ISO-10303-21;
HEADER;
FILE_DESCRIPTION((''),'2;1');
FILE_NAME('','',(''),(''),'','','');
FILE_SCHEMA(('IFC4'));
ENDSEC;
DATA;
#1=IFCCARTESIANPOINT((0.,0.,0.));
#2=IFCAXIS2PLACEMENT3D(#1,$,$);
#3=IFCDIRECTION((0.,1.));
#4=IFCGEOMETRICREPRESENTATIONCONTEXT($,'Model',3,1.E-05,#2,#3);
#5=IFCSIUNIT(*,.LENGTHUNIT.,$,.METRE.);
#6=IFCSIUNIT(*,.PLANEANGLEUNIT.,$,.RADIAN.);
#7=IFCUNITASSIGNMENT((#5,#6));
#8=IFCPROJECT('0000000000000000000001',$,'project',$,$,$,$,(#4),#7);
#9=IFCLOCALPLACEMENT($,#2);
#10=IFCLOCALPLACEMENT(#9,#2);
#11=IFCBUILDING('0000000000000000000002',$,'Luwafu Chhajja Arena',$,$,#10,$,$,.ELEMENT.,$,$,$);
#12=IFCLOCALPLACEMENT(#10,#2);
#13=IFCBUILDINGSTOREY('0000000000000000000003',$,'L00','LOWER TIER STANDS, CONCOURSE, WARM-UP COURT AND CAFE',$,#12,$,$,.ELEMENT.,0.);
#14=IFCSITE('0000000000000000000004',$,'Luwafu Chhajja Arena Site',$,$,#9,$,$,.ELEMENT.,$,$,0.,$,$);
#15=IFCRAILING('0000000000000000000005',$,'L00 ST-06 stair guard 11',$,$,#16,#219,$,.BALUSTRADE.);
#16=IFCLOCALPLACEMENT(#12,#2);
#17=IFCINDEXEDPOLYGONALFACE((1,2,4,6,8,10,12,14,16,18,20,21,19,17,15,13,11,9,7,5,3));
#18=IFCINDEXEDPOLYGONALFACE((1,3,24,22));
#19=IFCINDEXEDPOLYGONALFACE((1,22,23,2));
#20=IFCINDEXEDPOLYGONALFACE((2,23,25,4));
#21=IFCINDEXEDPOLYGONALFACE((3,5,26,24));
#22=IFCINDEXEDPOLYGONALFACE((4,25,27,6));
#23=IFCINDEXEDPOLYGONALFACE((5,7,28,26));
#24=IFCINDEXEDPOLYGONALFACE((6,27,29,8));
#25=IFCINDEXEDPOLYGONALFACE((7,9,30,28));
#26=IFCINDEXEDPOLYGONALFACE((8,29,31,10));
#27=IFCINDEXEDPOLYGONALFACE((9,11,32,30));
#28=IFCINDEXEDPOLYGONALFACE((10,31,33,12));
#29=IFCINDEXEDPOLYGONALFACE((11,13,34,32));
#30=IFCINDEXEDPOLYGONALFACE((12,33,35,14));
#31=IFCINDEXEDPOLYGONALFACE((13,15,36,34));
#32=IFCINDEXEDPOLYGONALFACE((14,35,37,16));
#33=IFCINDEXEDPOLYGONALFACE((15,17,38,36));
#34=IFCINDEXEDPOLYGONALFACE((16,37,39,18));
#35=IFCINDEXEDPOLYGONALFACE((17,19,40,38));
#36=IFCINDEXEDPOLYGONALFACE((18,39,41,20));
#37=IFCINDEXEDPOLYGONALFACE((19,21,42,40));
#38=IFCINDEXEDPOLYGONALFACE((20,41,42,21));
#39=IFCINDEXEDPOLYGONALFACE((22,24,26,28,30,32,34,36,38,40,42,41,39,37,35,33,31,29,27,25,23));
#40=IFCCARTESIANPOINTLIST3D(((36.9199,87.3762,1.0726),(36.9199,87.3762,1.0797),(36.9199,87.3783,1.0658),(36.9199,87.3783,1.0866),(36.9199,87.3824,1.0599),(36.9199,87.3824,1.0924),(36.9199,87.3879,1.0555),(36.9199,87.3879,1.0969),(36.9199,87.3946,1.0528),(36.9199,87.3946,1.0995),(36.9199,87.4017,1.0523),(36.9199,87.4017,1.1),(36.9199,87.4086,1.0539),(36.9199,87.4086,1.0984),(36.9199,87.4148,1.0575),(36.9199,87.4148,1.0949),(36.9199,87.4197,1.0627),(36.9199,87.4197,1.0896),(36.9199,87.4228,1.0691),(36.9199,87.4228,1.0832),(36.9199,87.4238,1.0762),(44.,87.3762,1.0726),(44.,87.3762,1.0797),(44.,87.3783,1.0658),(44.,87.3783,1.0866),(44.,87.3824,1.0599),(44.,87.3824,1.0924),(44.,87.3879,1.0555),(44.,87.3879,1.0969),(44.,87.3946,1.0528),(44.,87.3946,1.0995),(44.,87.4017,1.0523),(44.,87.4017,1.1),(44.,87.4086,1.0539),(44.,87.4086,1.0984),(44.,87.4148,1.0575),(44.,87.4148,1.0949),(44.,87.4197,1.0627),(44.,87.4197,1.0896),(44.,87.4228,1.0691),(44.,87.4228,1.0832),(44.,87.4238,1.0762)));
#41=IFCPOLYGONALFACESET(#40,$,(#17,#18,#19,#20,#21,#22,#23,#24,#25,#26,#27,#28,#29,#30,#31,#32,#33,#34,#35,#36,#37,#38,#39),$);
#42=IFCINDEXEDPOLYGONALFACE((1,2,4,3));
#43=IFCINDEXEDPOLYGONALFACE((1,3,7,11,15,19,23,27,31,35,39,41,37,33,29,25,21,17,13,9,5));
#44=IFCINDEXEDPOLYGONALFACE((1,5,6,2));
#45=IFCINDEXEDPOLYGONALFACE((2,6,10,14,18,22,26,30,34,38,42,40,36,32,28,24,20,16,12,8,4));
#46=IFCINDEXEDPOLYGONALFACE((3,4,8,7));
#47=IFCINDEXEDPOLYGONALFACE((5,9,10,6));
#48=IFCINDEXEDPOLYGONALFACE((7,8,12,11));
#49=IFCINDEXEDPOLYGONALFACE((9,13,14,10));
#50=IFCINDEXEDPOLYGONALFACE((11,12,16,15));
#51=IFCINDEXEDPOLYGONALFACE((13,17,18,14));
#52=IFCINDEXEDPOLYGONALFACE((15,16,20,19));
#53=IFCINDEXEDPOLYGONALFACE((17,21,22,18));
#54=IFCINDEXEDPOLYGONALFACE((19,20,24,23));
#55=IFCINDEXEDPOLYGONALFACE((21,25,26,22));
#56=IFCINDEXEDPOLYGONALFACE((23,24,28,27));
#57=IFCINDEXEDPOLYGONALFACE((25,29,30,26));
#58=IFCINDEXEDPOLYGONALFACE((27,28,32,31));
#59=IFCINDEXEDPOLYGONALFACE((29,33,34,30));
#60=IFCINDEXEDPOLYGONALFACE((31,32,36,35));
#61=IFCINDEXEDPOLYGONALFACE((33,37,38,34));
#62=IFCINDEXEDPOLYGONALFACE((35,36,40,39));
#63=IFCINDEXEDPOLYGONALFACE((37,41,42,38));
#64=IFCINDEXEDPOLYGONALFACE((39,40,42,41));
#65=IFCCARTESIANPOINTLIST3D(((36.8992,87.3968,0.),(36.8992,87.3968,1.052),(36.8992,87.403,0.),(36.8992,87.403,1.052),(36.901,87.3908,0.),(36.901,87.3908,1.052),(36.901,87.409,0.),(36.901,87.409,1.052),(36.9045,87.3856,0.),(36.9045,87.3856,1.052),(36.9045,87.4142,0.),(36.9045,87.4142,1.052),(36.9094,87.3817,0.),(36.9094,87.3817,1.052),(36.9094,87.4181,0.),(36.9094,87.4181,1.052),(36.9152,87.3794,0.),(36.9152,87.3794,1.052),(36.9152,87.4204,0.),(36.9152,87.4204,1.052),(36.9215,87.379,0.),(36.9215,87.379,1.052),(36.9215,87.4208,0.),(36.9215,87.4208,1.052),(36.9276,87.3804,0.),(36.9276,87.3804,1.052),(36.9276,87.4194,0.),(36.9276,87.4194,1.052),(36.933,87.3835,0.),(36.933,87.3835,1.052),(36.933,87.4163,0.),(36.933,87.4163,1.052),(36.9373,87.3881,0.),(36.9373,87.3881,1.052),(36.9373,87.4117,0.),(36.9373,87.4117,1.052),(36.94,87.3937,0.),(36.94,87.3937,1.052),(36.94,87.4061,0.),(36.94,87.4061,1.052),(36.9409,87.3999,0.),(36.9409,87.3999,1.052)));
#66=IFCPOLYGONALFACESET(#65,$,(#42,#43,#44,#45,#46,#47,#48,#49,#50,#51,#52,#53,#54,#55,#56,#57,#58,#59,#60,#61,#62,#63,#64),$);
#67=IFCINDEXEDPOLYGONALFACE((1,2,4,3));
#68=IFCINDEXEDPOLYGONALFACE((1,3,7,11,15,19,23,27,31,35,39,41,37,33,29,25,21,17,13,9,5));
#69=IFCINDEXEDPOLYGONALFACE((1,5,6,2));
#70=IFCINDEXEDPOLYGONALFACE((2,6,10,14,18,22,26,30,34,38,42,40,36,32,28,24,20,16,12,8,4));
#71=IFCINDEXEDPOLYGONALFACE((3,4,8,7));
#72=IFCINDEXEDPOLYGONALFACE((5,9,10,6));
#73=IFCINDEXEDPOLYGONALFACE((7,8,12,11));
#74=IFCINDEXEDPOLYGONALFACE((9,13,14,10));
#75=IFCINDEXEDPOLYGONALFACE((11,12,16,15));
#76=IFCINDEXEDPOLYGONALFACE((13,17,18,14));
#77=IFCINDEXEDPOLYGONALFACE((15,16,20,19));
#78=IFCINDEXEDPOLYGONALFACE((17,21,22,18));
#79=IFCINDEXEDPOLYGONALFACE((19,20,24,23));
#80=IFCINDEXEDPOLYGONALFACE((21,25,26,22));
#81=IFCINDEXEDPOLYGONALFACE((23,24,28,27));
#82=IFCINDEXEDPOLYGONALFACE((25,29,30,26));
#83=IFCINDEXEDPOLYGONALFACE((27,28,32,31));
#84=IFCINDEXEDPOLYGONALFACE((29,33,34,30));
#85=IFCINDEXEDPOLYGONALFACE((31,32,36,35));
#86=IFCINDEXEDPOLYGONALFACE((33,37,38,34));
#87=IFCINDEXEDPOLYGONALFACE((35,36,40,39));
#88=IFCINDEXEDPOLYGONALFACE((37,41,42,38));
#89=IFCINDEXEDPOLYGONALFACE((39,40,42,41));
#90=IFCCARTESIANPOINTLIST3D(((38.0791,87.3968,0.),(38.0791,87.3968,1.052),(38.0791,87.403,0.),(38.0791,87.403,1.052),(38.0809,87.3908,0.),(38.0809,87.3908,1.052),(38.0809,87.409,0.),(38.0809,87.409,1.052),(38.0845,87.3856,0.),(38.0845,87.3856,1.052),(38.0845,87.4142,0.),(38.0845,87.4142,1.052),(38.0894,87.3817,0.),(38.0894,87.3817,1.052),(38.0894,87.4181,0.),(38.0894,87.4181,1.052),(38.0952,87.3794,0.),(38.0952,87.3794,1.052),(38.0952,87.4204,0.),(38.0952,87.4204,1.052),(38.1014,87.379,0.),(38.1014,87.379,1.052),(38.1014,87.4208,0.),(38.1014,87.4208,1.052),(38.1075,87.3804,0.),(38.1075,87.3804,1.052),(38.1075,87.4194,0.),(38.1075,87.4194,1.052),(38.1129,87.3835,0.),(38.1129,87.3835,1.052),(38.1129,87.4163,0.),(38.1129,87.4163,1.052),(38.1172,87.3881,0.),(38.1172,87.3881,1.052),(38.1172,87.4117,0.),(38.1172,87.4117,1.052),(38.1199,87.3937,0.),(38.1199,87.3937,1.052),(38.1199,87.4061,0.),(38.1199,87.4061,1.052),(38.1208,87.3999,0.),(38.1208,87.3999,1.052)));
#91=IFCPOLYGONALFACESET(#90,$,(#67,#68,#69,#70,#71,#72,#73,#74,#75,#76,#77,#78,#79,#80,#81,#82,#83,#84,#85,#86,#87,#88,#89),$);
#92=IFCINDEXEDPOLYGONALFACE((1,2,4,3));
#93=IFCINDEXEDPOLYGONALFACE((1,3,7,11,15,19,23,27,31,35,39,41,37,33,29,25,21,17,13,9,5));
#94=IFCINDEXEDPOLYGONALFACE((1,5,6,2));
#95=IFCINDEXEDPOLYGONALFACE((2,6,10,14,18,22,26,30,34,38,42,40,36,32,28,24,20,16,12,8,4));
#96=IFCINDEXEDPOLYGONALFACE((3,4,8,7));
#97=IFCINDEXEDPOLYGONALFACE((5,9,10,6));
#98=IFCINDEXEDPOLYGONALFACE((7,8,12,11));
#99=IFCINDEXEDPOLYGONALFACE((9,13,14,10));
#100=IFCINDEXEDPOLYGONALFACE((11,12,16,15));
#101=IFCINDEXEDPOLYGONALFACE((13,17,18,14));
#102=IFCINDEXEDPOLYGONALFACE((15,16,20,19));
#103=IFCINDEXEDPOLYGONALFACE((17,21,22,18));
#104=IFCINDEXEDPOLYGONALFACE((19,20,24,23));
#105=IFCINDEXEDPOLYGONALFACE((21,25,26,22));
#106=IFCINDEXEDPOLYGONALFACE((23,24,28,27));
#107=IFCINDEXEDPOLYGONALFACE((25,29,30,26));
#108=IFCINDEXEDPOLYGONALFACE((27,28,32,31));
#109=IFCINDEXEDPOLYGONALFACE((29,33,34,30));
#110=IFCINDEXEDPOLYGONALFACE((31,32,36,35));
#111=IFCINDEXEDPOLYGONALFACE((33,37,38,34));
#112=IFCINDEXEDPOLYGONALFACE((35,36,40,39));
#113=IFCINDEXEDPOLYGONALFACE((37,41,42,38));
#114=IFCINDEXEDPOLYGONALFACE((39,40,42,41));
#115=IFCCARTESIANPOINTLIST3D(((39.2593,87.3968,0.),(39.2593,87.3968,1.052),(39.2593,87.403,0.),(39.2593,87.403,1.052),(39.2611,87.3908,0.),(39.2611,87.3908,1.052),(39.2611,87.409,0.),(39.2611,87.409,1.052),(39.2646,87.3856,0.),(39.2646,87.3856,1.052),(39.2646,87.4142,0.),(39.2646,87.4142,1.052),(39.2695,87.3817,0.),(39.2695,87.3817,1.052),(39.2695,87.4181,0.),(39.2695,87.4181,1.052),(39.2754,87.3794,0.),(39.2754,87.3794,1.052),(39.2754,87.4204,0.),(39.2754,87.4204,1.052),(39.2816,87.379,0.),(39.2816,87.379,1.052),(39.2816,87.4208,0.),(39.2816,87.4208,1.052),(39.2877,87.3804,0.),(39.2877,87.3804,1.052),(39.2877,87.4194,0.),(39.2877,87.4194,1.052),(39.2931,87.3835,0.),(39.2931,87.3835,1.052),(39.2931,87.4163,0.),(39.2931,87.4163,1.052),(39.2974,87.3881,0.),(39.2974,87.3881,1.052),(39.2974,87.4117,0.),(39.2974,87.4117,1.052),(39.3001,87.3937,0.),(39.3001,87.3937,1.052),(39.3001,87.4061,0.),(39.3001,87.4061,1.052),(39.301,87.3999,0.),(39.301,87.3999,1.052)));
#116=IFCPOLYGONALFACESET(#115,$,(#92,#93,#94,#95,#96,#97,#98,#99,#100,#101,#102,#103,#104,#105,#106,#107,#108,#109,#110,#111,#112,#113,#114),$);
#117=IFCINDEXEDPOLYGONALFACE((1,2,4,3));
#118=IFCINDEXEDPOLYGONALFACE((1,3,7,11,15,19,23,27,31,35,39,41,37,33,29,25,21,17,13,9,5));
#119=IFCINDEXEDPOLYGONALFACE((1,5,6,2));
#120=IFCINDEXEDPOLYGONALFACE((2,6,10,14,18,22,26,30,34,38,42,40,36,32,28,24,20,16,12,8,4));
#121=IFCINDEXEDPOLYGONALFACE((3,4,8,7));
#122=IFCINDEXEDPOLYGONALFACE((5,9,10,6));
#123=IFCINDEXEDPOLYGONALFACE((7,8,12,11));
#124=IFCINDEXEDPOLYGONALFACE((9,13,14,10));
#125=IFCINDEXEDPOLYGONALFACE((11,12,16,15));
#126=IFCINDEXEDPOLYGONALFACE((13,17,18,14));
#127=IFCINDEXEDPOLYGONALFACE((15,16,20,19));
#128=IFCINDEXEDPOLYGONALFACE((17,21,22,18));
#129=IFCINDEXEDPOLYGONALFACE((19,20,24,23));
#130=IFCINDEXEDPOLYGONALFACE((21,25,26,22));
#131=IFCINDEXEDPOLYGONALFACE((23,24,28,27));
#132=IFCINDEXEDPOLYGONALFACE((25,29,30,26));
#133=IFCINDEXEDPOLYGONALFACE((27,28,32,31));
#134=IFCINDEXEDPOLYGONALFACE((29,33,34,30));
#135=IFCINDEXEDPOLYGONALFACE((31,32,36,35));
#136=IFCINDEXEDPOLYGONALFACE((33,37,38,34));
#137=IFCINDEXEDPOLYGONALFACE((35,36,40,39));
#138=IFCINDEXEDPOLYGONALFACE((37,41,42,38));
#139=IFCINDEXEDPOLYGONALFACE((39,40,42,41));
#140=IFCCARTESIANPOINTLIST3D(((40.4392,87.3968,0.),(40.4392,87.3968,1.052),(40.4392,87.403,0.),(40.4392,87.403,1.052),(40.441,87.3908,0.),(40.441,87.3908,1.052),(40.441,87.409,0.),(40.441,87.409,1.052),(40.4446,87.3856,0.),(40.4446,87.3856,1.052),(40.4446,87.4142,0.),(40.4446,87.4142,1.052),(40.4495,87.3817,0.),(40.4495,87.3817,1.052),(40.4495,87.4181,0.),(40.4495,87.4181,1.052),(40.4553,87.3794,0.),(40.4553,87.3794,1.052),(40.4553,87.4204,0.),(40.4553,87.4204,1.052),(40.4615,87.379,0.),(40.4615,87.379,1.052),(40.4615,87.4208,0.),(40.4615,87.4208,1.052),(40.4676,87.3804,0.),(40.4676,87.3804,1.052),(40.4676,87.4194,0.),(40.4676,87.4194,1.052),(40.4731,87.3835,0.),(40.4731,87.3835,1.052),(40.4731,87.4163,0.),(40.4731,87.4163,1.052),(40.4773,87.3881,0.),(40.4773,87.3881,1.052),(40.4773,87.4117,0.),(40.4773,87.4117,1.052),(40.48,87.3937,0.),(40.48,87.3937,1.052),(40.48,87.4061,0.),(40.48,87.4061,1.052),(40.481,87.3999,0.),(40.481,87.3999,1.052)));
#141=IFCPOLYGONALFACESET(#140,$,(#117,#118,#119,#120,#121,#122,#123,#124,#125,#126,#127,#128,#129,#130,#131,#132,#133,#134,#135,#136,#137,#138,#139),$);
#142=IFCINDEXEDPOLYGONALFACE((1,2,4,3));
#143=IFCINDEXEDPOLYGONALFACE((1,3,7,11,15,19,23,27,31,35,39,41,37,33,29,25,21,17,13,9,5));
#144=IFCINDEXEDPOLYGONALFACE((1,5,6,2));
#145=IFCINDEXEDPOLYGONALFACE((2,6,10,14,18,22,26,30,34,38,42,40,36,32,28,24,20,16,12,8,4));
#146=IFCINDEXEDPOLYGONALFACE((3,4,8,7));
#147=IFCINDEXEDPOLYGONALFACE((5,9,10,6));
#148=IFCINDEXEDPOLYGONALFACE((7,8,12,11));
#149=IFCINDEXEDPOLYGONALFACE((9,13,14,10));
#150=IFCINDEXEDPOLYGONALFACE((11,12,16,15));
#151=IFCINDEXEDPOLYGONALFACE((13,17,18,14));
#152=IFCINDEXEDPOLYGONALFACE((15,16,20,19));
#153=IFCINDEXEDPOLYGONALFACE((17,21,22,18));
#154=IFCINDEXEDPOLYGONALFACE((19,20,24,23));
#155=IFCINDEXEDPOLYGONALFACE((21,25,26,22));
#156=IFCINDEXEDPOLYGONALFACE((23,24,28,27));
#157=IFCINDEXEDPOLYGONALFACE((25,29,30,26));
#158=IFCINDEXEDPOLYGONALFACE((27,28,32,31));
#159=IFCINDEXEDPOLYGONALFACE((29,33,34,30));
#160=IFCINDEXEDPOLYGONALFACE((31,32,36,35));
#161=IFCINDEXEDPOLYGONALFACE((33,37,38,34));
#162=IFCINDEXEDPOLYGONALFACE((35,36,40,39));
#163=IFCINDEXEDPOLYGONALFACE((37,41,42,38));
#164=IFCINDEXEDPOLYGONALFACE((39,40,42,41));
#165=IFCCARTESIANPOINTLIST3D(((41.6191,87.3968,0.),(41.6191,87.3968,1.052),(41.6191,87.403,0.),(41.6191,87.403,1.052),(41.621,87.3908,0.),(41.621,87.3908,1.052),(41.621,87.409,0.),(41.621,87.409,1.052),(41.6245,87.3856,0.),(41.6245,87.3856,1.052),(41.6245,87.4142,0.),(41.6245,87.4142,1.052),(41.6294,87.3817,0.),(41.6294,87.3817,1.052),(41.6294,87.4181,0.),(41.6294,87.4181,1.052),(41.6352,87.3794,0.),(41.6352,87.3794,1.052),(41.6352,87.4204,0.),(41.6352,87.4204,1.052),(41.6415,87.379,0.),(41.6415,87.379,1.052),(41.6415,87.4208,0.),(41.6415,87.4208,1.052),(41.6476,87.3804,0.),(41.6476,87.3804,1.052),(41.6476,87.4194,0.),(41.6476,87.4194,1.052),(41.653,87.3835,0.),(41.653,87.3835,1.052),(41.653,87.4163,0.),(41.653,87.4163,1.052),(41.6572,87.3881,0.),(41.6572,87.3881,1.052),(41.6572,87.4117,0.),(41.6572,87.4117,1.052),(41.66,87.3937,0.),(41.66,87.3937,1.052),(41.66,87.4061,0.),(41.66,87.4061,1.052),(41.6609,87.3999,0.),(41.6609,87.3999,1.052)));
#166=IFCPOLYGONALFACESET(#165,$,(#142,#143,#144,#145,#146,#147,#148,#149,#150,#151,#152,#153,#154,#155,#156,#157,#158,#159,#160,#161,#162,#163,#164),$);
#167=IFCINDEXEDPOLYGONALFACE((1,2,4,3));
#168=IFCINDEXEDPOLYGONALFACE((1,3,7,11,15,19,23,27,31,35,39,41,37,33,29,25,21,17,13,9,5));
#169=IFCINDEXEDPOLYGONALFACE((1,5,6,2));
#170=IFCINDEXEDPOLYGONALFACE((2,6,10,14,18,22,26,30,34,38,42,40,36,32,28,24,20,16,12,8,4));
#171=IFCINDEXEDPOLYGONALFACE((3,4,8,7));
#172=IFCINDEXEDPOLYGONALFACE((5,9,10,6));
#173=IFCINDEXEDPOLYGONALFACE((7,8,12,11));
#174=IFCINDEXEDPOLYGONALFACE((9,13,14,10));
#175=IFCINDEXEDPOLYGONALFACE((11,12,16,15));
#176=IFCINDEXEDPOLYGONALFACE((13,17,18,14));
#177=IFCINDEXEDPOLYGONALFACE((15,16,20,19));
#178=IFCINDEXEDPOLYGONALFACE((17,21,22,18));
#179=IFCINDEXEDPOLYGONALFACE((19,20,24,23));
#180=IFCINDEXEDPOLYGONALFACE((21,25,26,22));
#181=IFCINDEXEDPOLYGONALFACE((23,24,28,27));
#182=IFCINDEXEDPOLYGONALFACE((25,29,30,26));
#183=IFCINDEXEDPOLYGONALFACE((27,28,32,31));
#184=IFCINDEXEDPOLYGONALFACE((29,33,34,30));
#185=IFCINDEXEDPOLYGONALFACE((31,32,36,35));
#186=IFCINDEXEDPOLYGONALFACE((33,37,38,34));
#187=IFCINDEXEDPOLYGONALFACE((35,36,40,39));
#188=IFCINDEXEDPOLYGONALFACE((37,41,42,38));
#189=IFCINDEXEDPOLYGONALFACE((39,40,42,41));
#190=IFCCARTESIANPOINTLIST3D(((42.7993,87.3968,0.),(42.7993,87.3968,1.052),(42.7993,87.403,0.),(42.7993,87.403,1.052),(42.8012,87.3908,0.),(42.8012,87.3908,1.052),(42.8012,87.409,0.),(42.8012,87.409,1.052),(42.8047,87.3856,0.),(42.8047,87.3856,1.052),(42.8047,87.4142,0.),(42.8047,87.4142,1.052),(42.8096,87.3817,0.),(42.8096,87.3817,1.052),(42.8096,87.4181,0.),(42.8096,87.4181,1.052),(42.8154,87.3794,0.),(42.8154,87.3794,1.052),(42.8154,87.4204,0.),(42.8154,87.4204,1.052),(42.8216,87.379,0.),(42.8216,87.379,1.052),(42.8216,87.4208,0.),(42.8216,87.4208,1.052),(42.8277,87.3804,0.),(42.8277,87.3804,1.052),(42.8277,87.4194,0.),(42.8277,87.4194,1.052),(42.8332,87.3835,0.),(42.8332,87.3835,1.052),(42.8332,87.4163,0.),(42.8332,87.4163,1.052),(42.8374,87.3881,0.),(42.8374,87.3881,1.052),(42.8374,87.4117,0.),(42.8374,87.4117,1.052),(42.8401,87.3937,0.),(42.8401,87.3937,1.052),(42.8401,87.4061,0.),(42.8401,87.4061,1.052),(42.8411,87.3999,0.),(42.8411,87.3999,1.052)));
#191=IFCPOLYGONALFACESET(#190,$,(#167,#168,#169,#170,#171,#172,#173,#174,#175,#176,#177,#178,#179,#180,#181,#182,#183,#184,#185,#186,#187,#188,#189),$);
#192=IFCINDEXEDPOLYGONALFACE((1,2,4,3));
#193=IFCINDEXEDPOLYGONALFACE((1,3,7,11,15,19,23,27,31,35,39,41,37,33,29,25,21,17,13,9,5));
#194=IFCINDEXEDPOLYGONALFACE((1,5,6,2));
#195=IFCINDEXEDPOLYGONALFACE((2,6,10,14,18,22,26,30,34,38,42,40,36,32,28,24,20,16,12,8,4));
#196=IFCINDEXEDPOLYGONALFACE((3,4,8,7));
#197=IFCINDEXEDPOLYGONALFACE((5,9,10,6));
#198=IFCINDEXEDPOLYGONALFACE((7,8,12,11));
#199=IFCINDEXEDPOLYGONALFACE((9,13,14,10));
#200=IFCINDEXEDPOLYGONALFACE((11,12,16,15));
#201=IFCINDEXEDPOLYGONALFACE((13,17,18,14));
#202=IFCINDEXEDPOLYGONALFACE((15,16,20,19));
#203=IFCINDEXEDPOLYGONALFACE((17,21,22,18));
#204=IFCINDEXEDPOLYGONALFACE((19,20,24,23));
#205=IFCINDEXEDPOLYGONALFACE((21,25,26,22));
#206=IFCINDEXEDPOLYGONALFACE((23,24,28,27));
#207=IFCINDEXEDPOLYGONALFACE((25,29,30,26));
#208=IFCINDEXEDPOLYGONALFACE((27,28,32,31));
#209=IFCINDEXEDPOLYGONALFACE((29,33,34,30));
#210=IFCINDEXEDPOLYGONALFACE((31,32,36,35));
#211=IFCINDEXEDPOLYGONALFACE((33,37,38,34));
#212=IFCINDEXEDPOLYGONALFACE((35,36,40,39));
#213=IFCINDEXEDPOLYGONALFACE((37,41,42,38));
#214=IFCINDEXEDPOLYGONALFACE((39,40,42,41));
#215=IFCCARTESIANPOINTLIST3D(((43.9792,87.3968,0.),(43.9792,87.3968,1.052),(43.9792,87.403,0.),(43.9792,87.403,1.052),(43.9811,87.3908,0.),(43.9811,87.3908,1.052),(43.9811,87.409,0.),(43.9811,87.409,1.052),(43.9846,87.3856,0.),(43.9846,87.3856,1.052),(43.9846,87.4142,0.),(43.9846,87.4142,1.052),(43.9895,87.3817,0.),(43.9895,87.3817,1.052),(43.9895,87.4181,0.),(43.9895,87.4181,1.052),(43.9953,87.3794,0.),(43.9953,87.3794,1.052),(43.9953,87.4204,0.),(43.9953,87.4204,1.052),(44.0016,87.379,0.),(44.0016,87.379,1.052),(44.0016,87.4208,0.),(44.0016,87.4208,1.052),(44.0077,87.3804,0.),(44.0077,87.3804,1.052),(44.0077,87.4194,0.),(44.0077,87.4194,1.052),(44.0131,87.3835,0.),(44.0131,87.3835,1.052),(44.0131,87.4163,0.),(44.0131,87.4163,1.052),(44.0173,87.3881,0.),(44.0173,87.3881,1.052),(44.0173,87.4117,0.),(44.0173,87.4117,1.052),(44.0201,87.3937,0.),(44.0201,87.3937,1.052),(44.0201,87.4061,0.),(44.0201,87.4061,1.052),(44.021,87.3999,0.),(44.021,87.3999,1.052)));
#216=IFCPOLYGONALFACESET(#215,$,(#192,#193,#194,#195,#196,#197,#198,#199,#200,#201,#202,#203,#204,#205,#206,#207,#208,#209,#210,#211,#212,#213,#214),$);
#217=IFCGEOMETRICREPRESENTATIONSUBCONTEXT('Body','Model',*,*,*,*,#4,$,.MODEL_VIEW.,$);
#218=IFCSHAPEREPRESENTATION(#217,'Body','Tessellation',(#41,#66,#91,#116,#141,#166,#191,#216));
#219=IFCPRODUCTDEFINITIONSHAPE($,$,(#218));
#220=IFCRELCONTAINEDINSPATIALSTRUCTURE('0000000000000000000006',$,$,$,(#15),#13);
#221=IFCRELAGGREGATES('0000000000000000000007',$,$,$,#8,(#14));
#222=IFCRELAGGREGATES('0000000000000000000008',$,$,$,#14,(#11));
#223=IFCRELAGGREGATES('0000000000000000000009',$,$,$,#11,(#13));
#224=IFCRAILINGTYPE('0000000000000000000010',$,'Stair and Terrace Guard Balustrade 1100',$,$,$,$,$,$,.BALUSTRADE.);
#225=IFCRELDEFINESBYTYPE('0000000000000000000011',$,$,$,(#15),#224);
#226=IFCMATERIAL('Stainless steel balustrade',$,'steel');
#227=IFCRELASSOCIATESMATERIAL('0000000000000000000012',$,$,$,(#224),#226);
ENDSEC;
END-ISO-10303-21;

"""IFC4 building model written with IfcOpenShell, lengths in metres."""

from ifc_helpers import new_model, si_unit, direction, frame, origin, origin_2d, place, context, subcontext, project, spatial, circle, extrude, material, type_object, element, save


model = new_model("IFC4")

# Units and contexts
model_context = context("Model", 3, precision=1e-05, world=origin(), true_north=direction((0.0, 1.0)))
body_context = subcontext(model_context, "Body", "Model", "MODEL_VIEW")
ifc_project = project(units=[si_unit("LENGTHUNIT", "METRE"), si_unit("PLANEANGLEUNIT", "RADIAN")], contexts=[model_context])

# Site, building, storey
site_placement = place(None, origin())
site = spatial("IfcSite", under=ifc_project, at=site_placement, Name="Luwafu Chhajja Arena Site", CompositionType="ELEMENT", RefElevation=0.0)
building_placement = place(site_placement, origin())
building = spatial("IfcBuilding", under=site, at=building_placement, Name="Luwafu Chhajja Arena", CompositionType="ELEMENT")
storey_placement = place(building_placement, origin())
storey = spatial("IfcBuildingStorey", under=building, at=storey_placement, Name="L00", Description="LOWER TIER STANDS, CONCOURSE, WARM-UP COURT AND CAFE", CompositionType="ELEMENT", Elevation=0.0)

# Railing
ifc_material_1 = material(Name="Stainless steel balustrade", Category="steel")
railing_type_1 = type_object("IfcRailingType", Name="Stair and Terrace Guard Balustrade 1100", PredefinedType="BALUSTRADE", material=ifc_material_1)
for number, where, name in (
    (1, (36.9199, 87.3999, 0.0), "L00 ST-06 stair guard 11"),
):
    element("IfcRailing", number, at=place(storey_placement, frame(where)), inside=storey, type_object=railing_type_1, Name=name, PredefinedType="BALUSTRADE", context=body_context, shape_type="SweptSolid", body=[
        extrude(circle(Radius=0.0239, at=origin_2d()), frame((0.0, 0.0, 1.0762), z_axis=(1.0, 0.0, 0.0), x_axis=(0.0, 1.0, 0.0)), (0.0, 0.0, 1.0), 7.0801),
        extrude(circle(Radius=0.021, at=origin_2d()), origin(), (0.0, 0.0, 1.0), 1.052),
        extrude(circle(Radius=0.021, at=origin_2d()), frame((1.1799, 0.0, 0.0)), (0.0, 0.0, 1.0), 1.052),
        extrude(circle(Radius=0.021, at=origin_2d()), frame((2.3601, 0.0, 0.0)), (0.0, 0.0, 1.0), 1.052),
        extrude(circle(Radius=0.021, at=origin_2d()), frame((3.54, 0.0, 0.0)), (0.0, 0.0, 1.0), 1.052),
        extrude(circle(Radius=0.021, at=origin_2d()), frame((4.72, 0.0, 0.0)), (0.0, 0.0, 1.0), 1.052),
        extrude(circle(Radius=0.021, at=origin_2d()), frame((5.9001, 0.0, 0.0)), (0.0, 0.0, 1.0), 1.052),
        extrude(circle(Radius=0.021, at=origin_2d()), frame((7.0801, 0.0, 0.0)), (0.0, 0.0, 1.0), 1.052),
    ])

save(model, "model.ifc")
